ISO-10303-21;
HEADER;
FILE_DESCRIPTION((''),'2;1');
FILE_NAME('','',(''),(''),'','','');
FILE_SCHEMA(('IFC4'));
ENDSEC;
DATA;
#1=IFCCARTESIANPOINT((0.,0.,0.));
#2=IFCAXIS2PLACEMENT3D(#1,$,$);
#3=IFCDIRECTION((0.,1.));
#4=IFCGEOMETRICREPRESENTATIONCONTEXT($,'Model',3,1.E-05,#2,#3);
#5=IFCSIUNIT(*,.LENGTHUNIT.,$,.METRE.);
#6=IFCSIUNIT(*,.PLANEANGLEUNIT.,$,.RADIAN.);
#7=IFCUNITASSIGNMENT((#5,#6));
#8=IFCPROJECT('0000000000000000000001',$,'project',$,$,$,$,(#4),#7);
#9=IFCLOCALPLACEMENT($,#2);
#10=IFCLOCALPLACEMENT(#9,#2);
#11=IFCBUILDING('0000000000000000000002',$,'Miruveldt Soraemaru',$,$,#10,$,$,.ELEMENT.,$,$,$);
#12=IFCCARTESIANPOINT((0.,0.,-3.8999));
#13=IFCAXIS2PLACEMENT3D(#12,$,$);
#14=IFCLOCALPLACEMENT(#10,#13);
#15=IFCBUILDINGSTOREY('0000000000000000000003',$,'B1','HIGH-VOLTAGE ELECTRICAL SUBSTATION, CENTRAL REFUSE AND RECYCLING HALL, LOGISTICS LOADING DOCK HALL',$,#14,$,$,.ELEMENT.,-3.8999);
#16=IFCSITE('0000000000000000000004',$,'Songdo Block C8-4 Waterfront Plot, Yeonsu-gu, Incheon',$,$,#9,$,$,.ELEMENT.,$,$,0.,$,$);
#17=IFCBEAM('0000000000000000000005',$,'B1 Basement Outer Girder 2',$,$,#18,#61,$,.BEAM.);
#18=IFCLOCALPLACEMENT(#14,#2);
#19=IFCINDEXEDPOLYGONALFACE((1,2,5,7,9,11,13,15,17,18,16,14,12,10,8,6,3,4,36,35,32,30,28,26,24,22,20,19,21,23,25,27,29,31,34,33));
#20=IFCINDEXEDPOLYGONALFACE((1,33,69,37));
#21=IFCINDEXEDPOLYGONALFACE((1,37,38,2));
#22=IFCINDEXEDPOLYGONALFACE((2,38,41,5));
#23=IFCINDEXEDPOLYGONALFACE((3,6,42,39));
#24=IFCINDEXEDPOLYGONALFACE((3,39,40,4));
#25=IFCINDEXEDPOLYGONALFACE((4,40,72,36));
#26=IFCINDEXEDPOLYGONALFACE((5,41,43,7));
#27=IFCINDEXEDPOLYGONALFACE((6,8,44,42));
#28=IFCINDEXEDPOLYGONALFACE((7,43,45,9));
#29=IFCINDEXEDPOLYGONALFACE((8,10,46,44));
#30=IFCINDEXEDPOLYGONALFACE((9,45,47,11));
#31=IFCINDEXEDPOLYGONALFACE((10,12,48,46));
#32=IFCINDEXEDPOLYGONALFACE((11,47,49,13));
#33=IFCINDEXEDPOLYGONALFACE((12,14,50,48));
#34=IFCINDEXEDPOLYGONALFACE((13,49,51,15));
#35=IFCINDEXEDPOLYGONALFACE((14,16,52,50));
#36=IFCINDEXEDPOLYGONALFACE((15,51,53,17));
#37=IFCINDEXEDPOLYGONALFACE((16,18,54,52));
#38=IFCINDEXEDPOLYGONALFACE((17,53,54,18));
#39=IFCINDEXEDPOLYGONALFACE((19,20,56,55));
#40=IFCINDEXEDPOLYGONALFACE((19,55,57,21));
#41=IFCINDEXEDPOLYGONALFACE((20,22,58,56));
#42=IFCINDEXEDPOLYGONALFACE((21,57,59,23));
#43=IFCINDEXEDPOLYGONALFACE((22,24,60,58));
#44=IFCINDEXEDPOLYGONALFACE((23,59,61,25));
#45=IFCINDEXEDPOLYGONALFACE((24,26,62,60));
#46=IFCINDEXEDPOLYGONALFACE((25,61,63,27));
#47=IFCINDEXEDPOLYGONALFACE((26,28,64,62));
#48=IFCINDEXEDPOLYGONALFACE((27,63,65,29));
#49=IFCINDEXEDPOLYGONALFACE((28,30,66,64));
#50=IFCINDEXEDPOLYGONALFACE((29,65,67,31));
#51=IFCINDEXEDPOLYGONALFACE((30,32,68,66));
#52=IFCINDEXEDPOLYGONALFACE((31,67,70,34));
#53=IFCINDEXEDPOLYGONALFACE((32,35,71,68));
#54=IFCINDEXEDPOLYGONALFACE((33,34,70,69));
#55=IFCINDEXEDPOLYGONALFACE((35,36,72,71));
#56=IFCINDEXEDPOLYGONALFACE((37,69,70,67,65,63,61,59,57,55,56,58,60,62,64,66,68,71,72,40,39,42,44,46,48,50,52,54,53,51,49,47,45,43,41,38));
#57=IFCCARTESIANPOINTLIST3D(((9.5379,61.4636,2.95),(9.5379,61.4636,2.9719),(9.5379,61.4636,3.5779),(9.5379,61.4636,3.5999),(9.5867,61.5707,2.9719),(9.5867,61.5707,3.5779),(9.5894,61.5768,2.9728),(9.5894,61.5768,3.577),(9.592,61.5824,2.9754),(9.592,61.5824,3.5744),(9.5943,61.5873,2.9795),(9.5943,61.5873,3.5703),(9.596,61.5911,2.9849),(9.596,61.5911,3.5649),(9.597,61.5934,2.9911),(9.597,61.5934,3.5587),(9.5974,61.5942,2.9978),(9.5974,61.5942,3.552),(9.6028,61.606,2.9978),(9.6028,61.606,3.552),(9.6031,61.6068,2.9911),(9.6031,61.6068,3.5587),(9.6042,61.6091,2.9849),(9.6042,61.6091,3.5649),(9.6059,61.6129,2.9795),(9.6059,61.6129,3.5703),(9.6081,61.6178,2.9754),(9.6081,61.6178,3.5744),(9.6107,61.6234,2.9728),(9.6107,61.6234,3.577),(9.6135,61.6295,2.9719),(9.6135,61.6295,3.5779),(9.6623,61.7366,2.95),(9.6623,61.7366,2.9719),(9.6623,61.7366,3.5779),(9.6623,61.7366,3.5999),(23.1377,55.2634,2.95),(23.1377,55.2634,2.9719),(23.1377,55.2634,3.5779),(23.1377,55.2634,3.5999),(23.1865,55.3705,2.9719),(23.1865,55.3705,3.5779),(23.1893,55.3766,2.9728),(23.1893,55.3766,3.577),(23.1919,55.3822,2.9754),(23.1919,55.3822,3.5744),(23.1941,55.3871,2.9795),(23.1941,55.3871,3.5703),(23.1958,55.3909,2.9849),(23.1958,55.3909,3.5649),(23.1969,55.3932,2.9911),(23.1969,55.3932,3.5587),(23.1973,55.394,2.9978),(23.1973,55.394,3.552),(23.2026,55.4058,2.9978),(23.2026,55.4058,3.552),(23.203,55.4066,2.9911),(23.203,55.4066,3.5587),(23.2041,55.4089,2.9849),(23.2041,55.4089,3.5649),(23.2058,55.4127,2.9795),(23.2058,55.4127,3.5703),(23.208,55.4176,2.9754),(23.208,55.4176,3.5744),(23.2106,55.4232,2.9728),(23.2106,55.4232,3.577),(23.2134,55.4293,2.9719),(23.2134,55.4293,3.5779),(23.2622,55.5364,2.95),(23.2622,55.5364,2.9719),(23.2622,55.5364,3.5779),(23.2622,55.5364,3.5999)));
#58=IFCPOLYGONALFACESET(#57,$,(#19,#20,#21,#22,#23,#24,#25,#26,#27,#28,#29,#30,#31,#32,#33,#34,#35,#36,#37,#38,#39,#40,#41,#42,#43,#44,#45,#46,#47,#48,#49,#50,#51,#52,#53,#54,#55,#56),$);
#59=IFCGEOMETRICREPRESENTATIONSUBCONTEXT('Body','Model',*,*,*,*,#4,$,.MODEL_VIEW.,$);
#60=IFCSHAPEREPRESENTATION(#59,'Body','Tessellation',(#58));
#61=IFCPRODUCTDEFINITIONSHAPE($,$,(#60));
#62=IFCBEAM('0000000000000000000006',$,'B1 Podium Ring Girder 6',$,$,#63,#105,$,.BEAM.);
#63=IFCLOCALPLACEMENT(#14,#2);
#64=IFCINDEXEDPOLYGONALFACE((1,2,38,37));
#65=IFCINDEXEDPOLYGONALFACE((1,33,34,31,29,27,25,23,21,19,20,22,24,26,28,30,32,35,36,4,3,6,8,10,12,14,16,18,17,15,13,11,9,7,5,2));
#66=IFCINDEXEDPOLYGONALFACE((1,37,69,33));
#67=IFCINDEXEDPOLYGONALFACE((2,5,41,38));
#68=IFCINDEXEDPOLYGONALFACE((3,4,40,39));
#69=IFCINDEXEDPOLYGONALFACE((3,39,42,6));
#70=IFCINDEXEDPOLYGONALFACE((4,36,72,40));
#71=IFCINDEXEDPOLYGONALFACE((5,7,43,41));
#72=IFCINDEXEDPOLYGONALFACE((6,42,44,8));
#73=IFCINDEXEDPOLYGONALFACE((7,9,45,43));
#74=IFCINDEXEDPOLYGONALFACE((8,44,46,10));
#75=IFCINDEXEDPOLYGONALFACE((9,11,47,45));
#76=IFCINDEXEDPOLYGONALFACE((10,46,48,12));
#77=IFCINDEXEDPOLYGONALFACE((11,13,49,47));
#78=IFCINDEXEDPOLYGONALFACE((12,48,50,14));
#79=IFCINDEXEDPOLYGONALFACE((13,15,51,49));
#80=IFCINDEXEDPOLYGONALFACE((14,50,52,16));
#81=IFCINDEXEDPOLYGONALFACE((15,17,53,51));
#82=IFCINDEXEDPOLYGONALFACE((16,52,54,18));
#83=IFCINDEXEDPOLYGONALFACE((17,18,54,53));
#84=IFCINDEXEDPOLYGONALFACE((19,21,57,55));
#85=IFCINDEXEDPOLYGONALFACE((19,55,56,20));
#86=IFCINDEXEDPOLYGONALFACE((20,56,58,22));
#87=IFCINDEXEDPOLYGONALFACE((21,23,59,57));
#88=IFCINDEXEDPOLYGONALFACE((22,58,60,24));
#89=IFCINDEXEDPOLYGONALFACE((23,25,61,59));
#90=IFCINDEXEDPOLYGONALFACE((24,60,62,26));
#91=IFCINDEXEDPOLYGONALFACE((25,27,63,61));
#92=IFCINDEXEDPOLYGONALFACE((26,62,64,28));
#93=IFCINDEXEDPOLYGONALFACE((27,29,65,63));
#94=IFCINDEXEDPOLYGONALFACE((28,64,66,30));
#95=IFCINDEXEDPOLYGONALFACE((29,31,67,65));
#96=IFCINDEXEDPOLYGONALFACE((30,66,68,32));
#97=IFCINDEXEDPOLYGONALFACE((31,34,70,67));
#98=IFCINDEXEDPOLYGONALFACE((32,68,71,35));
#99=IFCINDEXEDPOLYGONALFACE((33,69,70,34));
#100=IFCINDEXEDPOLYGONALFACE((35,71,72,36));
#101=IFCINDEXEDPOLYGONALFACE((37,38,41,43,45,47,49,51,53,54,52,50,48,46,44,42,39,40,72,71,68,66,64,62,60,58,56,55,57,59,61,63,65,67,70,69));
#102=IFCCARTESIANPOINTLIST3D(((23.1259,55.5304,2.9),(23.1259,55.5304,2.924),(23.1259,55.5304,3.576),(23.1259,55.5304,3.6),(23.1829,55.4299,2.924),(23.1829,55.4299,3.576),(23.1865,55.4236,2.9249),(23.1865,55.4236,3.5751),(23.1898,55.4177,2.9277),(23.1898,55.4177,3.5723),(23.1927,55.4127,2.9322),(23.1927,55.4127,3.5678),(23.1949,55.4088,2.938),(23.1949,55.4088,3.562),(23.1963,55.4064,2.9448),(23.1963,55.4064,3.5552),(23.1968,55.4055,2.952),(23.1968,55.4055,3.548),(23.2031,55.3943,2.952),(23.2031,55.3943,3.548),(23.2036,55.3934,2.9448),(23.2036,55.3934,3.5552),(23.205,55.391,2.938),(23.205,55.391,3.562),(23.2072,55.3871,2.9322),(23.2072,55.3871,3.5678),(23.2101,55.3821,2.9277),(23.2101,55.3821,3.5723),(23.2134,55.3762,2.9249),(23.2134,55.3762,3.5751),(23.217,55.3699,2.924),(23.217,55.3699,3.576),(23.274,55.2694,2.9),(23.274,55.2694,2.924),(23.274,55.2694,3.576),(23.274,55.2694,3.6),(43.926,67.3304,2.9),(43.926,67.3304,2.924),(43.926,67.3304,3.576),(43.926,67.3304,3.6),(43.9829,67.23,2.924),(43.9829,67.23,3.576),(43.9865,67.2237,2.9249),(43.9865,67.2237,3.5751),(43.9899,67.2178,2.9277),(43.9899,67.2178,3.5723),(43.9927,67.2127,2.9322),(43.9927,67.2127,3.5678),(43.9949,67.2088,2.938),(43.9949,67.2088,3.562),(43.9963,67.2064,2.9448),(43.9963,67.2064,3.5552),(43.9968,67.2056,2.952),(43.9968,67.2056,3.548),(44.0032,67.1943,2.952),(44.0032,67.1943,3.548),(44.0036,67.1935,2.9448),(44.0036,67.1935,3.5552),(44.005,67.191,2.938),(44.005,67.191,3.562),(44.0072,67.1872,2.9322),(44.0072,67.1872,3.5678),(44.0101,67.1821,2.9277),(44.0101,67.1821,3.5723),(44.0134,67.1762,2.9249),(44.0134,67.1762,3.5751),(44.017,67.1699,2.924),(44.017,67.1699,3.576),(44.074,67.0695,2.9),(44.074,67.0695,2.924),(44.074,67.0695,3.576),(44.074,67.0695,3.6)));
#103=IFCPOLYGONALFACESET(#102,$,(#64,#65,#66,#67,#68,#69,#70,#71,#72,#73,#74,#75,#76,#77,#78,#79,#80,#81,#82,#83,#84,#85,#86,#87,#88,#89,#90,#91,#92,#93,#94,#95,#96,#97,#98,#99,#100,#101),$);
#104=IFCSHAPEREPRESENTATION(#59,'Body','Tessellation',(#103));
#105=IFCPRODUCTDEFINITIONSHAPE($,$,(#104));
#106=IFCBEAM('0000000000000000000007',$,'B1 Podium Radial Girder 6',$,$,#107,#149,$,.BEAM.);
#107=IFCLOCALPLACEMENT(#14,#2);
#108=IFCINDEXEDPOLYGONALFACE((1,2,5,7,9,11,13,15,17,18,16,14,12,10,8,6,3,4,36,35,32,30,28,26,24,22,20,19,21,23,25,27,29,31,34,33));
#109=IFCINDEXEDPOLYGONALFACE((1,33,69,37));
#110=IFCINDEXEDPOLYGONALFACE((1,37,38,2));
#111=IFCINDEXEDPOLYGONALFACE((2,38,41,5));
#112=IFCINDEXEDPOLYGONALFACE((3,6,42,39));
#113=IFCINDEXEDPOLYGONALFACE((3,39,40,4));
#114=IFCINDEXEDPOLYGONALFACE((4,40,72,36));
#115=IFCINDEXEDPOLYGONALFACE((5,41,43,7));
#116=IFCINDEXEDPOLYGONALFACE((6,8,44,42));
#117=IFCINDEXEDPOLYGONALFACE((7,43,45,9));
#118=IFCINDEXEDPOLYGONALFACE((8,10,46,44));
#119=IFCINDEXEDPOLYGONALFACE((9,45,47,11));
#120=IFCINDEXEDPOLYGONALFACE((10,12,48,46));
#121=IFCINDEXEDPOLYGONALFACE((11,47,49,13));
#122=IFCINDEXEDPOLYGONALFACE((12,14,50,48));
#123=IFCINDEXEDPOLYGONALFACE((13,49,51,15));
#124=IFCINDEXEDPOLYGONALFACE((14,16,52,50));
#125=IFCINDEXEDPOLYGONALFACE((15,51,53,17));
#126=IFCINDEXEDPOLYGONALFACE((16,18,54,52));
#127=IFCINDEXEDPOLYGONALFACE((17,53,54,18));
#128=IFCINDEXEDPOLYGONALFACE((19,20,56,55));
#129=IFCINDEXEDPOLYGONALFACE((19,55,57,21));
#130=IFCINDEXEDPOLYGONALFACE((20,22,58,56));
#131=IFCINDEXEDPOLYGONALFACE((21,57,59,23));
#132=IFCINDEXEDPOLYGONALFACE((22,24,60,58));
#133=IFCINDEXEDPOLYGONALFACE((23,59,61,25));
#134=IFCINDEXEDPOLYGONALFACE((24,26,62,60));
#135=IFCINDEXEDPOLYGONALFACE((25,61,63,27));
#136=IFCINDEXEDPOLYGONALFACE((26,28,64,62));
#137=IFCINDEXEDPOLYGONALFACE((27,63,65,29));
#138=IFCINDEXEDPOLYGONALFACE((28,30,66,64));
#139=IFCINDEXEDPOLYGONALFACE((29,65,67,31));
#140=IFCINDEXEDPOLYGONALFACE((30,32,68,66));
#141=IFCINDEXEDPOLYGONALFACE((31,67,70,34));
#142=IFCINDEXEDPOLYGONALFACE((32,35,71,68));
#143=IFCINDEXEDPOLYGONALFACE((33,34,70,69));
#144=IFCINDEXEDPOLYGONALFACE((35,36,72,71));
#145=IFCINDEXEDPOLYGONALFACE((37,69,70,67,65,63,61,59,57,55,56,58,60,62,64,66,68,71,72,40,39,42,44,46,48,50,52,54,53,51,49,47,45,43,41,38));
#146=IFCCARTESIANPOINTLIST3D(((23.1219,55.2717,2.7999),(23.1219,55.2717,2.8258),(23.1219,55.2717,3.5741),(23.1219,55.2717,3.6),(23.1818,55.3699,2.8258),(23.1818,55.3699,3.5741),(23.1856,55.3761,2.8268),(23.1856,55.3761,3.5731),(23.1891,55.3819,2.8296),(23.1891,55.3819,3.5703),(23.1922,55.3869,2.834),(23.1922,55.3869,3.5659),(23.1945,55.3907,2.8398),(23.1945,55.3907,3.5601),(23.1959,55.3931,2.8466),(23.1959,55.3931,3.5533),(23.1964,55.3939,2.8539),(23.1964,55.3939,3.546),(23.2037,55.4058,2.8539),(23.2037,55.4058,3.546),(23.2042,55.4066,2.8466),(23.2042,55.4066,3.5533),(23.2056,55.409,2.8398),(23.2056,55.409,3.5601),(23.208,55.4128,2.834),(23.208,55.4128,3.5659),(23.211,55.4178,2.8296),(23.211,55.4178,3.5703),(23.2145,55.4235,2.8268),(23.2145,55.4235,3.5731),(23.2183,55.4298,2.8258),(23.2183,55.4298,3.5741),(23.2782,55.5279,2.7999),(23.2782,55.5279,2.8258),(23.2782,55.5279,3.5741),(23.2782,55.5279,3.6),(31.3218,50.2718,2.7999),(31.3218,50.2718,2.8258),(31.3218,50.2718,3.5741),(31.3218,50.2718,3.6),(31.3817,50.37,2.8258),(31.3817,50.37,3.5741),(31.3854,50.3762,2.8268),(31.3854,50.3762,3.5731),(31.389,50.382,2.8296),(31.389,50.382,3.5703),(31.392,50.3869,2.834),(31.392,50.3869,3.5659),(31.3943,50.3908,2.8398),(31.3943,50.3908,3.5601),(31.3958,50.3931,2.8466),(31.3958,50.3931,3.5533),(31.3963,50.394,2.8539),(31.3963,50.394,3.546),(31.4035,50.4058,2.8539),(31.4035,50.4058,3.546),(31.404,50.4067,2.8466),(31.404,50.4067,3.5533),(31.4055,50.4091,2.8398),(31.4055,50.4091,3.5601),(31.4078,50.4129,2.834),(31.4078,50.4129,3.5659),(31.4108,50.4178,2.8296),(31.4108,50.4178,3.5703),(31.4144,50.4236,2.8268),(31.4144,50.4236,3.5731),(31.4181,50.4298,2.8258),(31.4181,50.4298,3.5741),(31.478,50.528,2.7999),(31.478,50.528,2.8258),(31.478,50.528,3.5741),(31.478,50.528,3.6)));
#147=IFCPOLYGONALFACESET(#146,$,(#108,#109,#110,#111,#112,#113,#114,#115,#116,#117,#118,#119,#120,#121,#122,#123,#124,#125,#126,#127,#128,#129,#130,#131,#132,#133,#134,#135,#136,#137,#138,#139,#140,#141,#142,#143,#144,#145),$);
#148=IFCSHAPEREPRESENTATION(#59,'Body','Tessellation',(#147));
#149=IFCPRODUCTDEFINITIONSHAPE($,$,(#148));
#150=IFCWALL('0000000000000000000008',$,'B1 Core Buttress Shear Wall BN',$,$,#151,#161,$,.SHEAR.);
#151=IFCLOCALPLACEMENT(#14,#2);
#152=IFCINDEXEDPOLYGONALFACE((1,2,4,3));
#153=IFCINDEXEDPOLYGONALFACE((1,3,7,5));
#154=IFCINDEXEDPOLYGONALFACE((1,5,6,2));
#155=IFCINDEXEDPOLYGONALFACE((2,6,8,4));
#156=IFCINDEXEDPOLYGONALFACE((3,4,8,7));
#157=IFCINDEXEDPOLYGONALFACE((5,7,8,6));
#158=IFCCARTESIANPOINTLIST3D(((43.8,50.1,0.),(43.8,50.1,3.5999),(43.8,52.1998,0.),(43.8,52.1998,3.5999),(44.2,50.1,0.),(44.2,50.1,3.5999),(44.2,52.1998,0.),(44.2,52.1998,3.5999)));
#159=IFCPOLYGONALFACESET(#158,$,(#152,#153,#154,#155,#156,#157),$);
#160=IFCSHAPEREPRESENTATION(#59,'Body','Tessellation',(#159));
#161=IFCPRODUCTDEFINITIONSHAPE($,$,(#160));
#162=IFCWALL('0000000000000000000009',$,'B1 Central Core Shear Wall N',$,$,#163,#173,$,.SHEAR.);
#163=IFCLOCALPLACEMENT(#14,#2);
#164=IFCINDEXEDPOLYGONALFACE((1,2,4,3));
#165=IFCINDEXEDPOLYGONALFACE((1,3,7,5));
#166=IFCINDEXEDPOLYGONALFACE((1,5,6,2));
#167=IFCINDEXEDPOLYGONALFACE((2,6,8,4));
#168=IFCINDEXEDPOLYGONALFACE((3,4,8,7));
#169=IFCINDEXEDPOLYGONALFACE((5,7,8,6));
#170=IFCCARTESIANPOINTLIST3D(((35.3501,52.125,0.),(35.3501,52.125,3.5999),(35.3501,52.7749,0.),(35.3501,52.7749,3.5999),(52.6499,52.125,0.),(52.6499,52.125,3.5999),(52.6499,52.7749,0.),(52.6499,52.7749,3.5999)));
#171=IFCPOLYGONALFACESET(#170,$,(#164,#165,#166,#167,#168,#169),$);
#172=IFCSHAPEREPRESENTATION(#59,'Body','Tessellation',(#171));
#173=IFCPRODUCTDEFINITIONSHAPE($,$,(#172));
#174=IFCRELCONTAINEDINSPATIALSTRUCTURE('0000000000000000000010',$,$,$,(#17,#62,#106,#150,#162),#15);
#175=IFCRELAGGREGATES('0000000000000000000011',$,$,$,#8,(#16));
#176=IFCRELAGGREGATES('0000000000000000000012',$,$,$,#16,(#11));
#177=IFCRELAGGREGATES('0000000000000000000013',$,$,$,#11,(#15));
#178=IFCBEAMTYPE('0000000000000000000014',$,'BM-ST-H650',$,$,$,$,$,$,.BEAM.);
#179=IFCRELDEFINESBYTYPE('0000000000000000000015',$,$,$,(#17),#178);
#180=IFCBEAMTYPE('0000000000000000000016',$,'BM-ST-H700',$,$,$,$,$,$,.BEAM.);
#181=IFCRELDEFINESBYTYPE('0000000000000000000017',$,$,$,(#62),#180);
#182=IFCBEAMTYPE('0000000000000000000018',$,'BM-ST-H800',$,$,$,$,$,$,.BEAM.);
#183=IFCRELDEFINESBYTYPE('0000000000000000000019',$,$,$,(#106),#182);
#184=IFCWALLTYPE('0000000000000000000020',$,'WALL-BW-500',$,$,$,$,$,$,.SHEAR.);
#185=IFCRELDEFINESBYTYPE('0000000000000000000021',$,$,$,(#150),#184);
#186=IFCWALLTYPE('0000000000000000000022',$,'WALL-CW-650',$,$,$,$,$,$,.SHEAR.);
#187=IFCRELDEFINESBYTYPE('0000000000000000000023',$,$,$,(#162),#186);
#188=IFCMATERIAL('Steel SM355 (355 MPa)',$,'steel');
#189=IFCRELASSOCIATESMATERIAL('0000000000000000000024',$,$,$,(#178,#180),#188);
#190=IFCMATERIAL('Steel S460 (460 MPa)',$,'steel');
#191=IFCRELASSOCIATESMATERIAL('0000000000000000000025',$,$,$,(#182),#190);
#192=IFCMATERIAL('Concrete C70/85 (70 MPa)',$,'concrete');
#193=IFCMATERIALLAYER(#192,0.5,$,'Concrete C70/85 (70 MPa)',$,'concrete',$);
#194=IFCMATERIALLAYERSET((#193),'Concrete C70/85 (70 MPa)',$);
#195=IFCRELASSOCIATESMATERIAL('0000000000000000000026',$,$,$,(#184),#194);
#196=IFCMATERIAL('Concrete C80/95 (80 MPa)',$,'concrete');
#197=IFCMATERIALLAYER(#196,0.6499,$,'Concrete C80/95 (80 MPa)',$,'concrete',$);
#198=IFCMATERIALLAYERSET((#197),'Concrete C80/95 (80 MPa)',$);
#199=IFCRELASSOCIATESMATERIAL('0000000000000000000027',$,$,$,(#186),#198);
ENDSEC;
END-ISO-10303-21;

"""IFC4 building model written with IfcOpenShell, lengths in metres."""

from ifc_helpers import new_model, si_unit, direction, frame, frame_2d, origin, origin_2d, place, context, subcontext, project, spatial, rectangle, i_section, extrude, material, layer, layer_set, material_profile, profile_set, type_object, element, save


model = new_model("IFC4")

# Units and contexts
model_context = context("Model", 3, precision=1e-05, world=origin(), true_north=direction((0.0, 1.0)))
body_context = subcontext(model_context, "Body", "Model", "MODEL_VIEW")
ifc_project = project(units=[si_unit("LENGTHUNIT", "METRE"), si_unit("PLANEANGLEUNIT", "RADIAN")], contexts=[model_context])

# Site, building, storey
site_placement = place(None, origin())
site = spatial("IfcSite", under=ifc_project, at=site_placement, Name="Songdo Block C8-4 Waterfront Plot, Yeonsu-gu, Incheon", CompositionType="ELEMENT", RefElevation=0.0)
building_placement = place(site_placement, origin())
building = spatial("IfcBuilding", under=site, at=building_placement, Name="Miruveldt Soraemaru", CompositionType="ELEMENT")
storey_placement = place(building_placement, frame((0.0, 0.0, -3.8999)))
storey = spatial("IfcBuildingStorey", under=building, at=storey_placement, Name="B1", Description="HIGH-VOLTAGE ELECTRICAL SUBSTATION, CENTRAL REFUSE AND RECYCLING HALL, LOGISTICS LOADING DOCK HALL", CompositionType="ELEMENT", Elevation=-3.8999)

# Shared definitions
ifc_material_1 = material(Name="Concrete C70/85 (70 MPa)", Category="concrete")
ifc_material_2 = material(Name="Concrete C80/95 (80 MPa)", Category="concrete")

# Beams
ifc_material_3 = material(Name="Steel SM355 (355 MPa)", Category="steel")
ifc_material_profile_1 = material_profile(ifc_material_3, i_section(OverallWidth=0.3, OverallDepth=0.6499, WebThickness=0.0129, FlangeThickness=0.022, FilletRadius=0.0259, at=origin_2d()), Name="Steel SM355 (355 MPa)", Category="steel")
ifc_profile_set_1 = profile_set([ifc_material_profile_1], Name="Steel SM355 (355 MPa)")
beam_type_1 = type_object("IfcBeamType", Name="BM-ST-H650", PredefinedType="BEAM", material=ifc_profile_set_1)
beam_1_placement = place(storey_placement, frame((23.2, 55.3999, 3.2749), z_axis=(-0.909901, 0.414825, 0.0), x_axis=(-0.414825, -0.909901, 0.0)))
element("IfcBeam", 1, at=beam_1_placement, inside=storey, type_object=beam_type_1, Name="B1 Basement Outer Girder 2", PredefinedType="BEAM", context=body_context, shape_type="SweptSolid", body=[
    extrude(i_section(OverallWidth=0.3, OverallDepth=0.6499, WebThickness=0.0129, FlangeThickness=0.022, FilletRadius=0.0259, at=origin_2d()), origin(), (0.0, 0.0, 1.0), 14.9465),
])
ifc_material_profile_2 = material_profile(ifc_material_3, i_section(OverallWidth=0.3, OverallDepth=0.7, WebThickness=0.0129, FlangeThickness=0.0239, FilletRadius=0.0281, at=origin_2d()), Name="Steel SM355 (355 MPa)", Category="steel")
ifc_profile_set_2 = profile_set([ifc_material_profile_2], Name="Steel SM355 (355 MPa)")
beam_type_2 = type_object("IfcBeamType", Name="BM-ST-H700", PredefinedType="BEAM", material=ifc_profile_set_2)
beam_2_placement = place(storey_placement, frame((23.2, 55.3999, 3.25), z_axis=(0.869783, 0.493435, 0.0), x_axis=(-0.493435, 0.869783, 0.0)))
element("IfcBeam", 2, at=beam_2_placement, inside=storey, type_object=beam_type_2, Name="B1 Podium Ring Girder 6", PredefinedType="BEAM", context=body_context, shape_type="SweptSolid", body=[
    extrude(i_section(OverallWidth=0.3, OverallDepth=0.7, WebThickness=0.0129, FlangeThickness=0.0239, FilletRadius=0.0281, at=origin_2d()), origin(), (0.0, 0.0, 1.0), 23.9141),
])
ifc_material_4 = material(Name="Steel S460 (460 MPa)", Category="steel")
ifc_material_profile_3 = material_profile(ifc_material_4, i_section(OverallWidth=0.3, OverallDepth=0.8, WebThickness=0.0139, FlangeThickness=0.0259, FilletRadius=0.0281, at=origin_2d()), Name="Steel S460 (460 MPa)", Category="steel")
ifc_profile_set_3 = profile_set([ifc_material_profile_3], Name="Steel S460 (460 MPa)")
beam_type_3 = type_object("IfcBeamType", Name="BM-ST-H800", PredefinedType="BEAM", material=ifc_profile_set_3)
beam_3_placement = place(storey_placement, frame((31.3999, 50.3999, 3.2), z_axis=(-0.853795, 0.52061, 0.0), x_axis=(-0.52061, -0.853795, 0.0)))
element("IfcBeam", 3, at=beam_3_placement, inside=storey, type_object=beam_type_3, Name="B1 Podium Radial Girder 6", PredefinedType="BEAM", context=body_context, shape_type="SweptSolid", body=[
    extrude(i_section(OverallWidth=0.3, OverallDepth=0.8, WebThickness=0.0139, FlangeThickness=0.0259, FilletRadius=0.0281, at=origin_2d()), origin(), (0.0, 0.0, 1.0), 9.604),
])

# Wall
ifc_layer_1 = layer(ifc_material_1, 0.5, Name="Concrete C70/85 (70 MPa)", Category="concrete")
ifc_layer_set_1 = layer_set([ifc_layer_1], Name="Concrete C70/85 (70 MPa)")
wall_type_1 = type_object("IfcWallType", Name="WALL-BW-500", PredefinedType="SHEAR", material=ifc_layer_set_1)
wall_1_placement = place(storey_placement, frame((44.0, 50.1001, 0.0), z_axis=(0.0, 0.0, 1.0), x_axis=(0.0, 1.0, 0.0)))
element("IfcWall", 4, at=wall_1_placement, inside=storey, type_object=wall_type_1, Name="B1 Core Buttress Shear Wall BN", PredefinedType="SHEAR", context=body_context, shape_type="SweptSolid", body=[
    extrude(rectangle(XDim=2.0999, YDim=0.3999, at=frame_2d((1.0498, 0.0))), origin(), (0.0, 0.0, 1.0), 3.5999),
])

# Wall
ifc_layer_2 = layer(ifc_material_2, 0.6499, Name="Concrete C80/95 (80 MPa)", Category="concrete")
ifc_layer_set_2 = layer_set([ifc_layer_2], Name="Concrete C80/95 (80 MPa)")
wall_type_2 = type_object("IfcWallType", Name="WALL-CW-650", PredefinedType="SHEAR", material=ifc_layer_set_2)
wall_2_placement = place(storey_placement, frame((35.3501, 52.45, 0.0), z_axis=(0.0, 0.0, 1.0), x_axis=(1.0, 0.0, 0.0)))
element("IfcWall", 5, at=wall_2_placement, inside=storey, type_object=wall_type_2, Name="B1 Central Core Shear Wall N", PredefinedType="SHEAR", context=body_context, shape_type="SweptSolid", body=[
    extrude(rectangle(XDim=17.2998, YDim=0.6499, at=frame_2d((8.6499, 0.0))), origin(), (0.0, 0.0, 1.0), 3.5999),
])

save(model, "model.ifc")
